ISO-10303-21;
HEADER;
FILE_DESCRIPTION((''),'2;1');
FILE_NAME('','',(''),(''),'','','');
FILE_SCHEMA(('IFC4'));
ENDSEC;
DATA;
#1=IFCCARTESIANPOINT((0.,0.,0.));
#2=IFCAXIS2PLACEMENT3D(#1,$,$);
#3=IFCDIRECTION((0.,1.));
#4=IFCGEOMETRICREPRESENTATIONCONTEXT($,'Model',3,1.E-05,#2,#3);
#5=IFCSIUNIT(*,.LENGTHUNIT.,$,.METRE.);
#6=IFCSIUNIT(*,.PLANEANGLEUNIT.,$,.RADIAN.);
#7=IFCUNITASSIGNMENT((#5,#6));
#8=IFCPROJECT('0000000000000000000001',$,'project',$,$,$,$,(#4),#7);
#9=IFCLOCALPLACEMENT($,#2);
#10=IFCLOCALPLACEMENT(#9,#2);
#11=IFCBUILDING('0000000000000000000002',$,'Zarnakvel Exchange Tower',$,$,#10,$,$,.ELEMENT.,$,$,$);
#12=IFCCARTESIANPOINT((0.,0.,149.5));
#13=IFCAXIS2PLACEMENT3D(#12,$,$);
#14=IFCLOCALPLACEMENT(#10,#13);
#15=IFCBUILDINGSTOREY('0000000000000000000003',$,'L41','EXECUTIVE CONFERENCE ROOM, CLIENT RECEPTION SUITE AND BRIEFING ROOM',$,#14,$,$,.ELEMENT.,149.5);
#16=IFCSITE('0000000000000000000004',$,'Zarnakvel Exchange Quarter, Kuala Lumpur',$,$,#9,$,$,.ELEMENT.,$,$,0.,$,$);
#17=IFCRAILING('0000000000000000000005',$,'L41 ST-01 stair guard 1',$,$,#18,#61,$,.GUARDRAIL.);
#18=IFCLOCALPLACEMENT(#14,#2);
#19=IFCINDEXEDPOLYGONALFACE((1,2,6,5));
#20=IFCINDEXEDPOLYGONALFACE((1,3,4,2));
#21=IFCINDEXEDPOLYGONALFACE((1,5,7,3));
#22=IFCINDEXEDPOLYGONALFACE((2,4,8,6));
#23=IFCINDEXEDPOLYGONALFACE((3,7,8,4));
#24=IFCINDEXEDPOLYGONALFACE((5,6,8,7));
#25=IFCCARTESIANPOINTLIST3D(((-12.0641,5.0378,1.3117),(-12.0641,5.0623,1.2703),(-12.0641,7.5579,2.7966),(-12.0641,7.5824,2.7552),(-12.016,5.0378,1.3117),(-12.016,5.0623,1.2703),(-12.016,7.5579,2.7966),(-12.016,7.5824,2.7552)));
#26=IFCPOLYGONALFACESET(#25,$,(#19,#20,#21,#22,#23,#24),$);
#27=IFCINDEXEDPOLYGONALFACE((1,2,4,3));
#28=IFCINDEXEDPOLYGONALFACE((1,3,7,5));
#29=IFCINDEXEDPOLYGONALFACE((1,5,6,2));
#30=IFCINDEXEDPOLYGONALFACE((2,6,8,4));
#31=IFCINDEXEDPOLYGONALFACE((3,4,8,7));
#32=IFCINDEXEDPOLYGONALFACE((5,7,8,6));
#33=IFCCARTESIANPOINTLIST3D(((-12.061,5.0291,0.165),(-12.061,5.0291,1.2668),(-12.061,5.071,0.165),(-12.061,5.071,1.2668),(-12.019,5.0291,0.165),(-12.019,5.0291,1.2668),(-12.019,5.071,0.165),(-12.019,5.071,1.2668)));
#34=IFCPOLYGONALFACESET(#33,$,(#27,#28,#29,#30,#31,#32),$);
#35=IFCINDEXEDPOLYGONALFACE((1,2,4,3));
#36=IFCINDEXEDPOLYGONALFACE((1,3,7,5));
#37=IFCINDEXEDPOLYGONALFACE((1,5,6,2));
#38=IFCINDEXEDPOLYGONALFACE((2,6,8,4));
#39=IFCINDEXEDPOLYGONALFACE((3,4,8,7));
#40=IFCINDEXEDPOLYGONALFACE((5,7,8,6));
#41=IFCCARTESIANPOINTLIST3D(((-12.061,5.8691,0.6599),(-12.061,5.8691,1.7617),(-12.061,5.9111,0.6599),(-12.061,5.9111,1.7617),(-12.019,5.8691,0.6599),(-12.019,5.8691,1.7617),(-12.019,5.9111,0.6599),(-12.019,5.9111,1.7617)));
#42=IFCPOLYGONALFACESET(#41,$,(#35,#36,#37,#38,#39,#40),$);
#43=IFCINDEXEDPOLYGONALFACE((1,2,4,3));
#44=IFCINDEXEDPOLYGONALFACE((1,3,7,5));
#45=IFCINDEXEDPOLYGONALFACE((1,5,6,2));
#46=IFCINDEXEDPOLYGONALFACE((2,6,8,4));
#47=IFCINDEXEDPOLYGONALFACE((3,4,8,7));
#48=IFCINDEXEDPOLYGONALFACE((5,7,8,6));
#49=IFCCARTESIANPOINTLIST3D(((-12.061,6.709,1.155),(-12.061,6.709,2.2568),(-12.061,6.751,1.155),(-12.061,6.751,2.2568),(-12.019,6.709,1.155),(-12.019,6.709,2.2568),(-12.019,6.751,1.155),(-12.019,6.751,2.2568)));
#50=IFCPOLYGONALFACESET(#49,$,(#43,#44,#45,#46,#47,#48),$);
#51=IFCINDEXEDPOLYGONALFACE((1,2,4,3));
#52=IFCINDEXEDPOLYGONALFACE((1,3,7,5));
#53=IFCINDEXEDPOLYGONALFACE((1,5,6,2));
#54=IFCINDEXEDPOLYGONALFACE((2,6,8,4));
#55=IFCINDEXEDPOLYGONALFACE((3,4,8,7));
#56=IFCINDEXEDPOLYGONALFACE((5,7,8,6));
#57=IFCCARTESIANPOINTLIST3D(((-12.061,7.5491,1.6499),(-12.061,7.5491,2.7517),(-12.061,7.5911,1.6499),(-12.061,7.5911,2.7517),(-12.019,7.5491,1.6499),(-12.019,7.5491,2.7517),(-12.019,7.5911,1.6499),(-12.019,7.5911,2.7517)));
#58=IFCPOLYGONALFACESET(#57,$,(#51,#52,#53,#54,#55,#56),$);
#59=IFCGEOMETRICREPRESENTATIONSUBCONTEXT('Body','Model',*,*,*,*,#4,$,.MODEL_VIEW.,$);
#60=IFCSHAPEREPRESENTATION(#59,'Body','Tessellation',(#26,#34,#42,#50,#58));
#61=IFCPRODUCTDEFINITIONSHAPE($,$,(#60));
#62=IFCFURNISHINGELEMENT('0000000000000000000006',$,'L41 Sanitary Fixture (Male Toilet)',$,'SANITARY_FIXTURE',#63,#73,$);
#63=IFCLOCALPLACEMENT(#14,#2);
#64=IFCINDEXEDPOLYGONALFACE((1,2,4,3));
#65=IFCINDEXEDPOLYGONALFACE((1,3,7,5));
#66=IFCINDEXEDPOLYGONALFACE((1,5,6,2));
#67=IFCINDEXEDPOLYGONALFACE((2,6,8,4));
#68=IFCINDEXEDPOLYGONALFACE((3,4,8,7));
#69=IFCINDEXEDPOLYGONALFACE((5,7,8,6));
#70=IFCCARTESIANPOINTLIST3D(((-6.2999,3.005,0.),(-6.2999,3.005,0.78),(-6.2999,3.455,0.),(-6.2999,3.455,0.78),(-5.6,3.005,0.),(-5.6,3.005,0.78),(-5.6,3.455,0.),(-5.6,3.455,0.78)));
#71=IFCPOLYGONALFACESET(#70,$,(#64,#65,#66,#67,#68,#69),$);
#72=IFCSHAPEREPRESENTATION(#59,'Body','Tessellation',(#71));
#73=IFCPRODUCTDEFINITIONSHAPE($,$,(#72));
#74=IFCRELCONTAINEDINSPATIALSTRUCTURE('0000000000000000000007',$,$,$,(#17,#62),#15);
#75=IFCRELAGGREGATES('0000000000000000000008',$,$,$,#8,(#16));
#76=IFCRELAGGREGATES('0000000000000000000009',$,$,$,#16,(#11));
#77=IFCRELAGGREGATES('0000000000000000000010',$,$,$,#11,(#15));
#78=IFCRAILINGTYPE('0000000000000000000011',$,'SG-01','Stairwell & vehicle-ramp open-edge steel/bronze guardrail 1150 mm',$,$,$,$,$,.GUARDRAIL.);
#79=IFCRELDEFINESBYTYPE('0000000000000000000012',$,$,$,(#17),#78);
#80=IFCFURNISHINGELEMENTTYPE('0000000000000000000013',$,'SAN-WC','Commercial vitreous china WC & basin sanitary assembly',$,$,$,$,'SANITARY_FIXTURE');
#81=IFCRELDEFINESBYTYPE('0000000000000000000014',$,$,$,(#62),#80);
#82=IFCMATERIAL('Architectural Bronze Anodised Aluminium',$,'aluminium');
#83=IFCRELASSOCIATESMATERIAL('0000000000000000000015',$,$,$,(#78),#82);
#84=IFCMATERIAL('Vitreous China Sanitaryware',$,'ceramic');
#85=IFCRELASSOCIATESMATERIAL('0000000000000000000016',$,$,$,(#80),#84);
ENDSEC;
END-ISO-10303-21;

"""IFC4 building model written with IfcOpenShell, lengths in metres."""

from ifc_helpers import new_model, si_unit, direction, frame, origin, origin_2d, place, context, subcontext, project, spatial, rectangle, extrude, source, transform, mapped, material, type_object, element, save


model = new_model("IFC4")

# Units and contexts
model_context = context("Model", 3, precision=1e-05, world=origin(), true_north=direction((0.0, 1.0)))
body_context = subcontext(model_context, "Body", "Model", "MODEL_VIEW")
ifc_project = project(units=[si_unit("LENGTHUNIT", "METRE"), si_unit("PLANEANGLEUNIT", "RADIAN")], contexts=[model_context])

# Site, building, storey
site_placement = place(None, origin())
site = spatial("IfcSite", under=ifc_project, at=site_placement, Name="Zarnakvel Exchange Quarter, Kuala Lumpur", CompositionType="ELEMENT", RefElevation=0.0)
building_placement = place(site_placement, origin())
building = spatial("IfcBuilding", under=site, at=building_placement, Name="Zarnakvel Exchange Tower", CompositionType="ELEMENT")
storey_placement = place(building_placement, frame((0.0, 0.0, 149.5)))
storey = spatial("IfcBuildingStorey", under=building, at=storey_placement, Name="L41", Description="EXECUTIVE CONFERENCE ROOM, CLIENT RECEPTION SUITE AND BRIEFING ROOM", CompositionType="ELEMENT", Elevation=149.5)

# Shared definitions
ifc_material_1 = material(Name="Architectural Bronze Anodised Aluminium", Category="aluminium")

# Railing
railing_type_1 = type_object("IfcRailingType", Name="SG-01", Description="Stairwell & vehicle-ramp open-edge steel/bronze guardrail 1150 mm", PredefinedType="GUARDRAIL", material=ifc_material_1)
railing_1_placement = place(storey_placement, frame((-12.04, 5.05, 0.165)))
element("IfcRailing", 1, at=railing_1_placement, inside=storey, type_object=railing_type_1, Name="L41 ST-01 stair guard 1", PredefinedType="GUARDRAIL", context=body_context, shape_type="SweptSolid", body=[
    extrude(rectangle(XDim=0.0481, YDim=0.0481, at=origin_2d()), frame((0.0, 0.0, 1.126), z_axis=(0.0, 0.861561, 0.507655), x_axis=(-1.0, 0.0, 0.0)), (0.0, 0.0, 1.0), 2.925),
    extrude(rectangle(XDim=0.042, YDim=0.042, at=origin_2d()), origin(), (0.0, 0.0, 1.0), 1.1018),
    extrude(rectangle(XDim=0.042, YDim=0.042, at=origin_2d()), frame((0.0, 0.8401, 0.4949)), (0.0, 0.0, 1.0), 1.1018),
    extrude(rectangle(XDim=0.042, YDim=0.042, at=origin_2d()), frame((0.0, 1.6799, 0.99)), (0.0, 0.0, 1.0), 1.1018),
    extrude(rectangle(XDim=0.042, YDim=0.042, at=origin_2d()), frame((0.0, 2.52, 1.4849)), (0.0, 0.0, 1.0), 1.1018),
])

# Furnishing element
ifc_material_2 = material(Name="Vitreous China Sanitaryware", Category="ceramic")
furnishing_element_type = type_object("IfcFurnishingElementType", Name="SAN-WC", Description="Commercial vitreous china WC & basin sanitary assembly", ElementType="SANITARY_FIXTURE", material=ifc_material_2)
shared_shape_1 = source(origin(), body_context, "Body", "SweptSolid", [
    extrude(rectangle(XDim=0.7, YDim=0.45, at=origin_2d()), origin(), (0.0, 0.0, 1.0), 0.78),
])
furnishing_placement = place(storey_placement, frame((-5.95, 3.23, 0.0), z_axis=(0.0, 0.0, 1.0), x_axis=(1.0, 0.0, 0.0)))
element("IfcFurnishingElement", 2, at=furnishing_placement, inside=storey, type_object=furnishing_element_type, Name="L41 Sanitary Fixture (Male Toilet)", ObjectType="SANITARY_FIXTURE", context=body_context, shape_type="MappedRepresentation", body=[
    mapped(shared_shape_1, transform((0.0, 0.0, 0.0), x_axis=(1.0, 0.0, 0.0), y_axis=(0.0, 1.0, 0.0), z_axis=(0.0, 0.0, 1.0), scale=1.0)),
])

save(model, "model.ifc")
